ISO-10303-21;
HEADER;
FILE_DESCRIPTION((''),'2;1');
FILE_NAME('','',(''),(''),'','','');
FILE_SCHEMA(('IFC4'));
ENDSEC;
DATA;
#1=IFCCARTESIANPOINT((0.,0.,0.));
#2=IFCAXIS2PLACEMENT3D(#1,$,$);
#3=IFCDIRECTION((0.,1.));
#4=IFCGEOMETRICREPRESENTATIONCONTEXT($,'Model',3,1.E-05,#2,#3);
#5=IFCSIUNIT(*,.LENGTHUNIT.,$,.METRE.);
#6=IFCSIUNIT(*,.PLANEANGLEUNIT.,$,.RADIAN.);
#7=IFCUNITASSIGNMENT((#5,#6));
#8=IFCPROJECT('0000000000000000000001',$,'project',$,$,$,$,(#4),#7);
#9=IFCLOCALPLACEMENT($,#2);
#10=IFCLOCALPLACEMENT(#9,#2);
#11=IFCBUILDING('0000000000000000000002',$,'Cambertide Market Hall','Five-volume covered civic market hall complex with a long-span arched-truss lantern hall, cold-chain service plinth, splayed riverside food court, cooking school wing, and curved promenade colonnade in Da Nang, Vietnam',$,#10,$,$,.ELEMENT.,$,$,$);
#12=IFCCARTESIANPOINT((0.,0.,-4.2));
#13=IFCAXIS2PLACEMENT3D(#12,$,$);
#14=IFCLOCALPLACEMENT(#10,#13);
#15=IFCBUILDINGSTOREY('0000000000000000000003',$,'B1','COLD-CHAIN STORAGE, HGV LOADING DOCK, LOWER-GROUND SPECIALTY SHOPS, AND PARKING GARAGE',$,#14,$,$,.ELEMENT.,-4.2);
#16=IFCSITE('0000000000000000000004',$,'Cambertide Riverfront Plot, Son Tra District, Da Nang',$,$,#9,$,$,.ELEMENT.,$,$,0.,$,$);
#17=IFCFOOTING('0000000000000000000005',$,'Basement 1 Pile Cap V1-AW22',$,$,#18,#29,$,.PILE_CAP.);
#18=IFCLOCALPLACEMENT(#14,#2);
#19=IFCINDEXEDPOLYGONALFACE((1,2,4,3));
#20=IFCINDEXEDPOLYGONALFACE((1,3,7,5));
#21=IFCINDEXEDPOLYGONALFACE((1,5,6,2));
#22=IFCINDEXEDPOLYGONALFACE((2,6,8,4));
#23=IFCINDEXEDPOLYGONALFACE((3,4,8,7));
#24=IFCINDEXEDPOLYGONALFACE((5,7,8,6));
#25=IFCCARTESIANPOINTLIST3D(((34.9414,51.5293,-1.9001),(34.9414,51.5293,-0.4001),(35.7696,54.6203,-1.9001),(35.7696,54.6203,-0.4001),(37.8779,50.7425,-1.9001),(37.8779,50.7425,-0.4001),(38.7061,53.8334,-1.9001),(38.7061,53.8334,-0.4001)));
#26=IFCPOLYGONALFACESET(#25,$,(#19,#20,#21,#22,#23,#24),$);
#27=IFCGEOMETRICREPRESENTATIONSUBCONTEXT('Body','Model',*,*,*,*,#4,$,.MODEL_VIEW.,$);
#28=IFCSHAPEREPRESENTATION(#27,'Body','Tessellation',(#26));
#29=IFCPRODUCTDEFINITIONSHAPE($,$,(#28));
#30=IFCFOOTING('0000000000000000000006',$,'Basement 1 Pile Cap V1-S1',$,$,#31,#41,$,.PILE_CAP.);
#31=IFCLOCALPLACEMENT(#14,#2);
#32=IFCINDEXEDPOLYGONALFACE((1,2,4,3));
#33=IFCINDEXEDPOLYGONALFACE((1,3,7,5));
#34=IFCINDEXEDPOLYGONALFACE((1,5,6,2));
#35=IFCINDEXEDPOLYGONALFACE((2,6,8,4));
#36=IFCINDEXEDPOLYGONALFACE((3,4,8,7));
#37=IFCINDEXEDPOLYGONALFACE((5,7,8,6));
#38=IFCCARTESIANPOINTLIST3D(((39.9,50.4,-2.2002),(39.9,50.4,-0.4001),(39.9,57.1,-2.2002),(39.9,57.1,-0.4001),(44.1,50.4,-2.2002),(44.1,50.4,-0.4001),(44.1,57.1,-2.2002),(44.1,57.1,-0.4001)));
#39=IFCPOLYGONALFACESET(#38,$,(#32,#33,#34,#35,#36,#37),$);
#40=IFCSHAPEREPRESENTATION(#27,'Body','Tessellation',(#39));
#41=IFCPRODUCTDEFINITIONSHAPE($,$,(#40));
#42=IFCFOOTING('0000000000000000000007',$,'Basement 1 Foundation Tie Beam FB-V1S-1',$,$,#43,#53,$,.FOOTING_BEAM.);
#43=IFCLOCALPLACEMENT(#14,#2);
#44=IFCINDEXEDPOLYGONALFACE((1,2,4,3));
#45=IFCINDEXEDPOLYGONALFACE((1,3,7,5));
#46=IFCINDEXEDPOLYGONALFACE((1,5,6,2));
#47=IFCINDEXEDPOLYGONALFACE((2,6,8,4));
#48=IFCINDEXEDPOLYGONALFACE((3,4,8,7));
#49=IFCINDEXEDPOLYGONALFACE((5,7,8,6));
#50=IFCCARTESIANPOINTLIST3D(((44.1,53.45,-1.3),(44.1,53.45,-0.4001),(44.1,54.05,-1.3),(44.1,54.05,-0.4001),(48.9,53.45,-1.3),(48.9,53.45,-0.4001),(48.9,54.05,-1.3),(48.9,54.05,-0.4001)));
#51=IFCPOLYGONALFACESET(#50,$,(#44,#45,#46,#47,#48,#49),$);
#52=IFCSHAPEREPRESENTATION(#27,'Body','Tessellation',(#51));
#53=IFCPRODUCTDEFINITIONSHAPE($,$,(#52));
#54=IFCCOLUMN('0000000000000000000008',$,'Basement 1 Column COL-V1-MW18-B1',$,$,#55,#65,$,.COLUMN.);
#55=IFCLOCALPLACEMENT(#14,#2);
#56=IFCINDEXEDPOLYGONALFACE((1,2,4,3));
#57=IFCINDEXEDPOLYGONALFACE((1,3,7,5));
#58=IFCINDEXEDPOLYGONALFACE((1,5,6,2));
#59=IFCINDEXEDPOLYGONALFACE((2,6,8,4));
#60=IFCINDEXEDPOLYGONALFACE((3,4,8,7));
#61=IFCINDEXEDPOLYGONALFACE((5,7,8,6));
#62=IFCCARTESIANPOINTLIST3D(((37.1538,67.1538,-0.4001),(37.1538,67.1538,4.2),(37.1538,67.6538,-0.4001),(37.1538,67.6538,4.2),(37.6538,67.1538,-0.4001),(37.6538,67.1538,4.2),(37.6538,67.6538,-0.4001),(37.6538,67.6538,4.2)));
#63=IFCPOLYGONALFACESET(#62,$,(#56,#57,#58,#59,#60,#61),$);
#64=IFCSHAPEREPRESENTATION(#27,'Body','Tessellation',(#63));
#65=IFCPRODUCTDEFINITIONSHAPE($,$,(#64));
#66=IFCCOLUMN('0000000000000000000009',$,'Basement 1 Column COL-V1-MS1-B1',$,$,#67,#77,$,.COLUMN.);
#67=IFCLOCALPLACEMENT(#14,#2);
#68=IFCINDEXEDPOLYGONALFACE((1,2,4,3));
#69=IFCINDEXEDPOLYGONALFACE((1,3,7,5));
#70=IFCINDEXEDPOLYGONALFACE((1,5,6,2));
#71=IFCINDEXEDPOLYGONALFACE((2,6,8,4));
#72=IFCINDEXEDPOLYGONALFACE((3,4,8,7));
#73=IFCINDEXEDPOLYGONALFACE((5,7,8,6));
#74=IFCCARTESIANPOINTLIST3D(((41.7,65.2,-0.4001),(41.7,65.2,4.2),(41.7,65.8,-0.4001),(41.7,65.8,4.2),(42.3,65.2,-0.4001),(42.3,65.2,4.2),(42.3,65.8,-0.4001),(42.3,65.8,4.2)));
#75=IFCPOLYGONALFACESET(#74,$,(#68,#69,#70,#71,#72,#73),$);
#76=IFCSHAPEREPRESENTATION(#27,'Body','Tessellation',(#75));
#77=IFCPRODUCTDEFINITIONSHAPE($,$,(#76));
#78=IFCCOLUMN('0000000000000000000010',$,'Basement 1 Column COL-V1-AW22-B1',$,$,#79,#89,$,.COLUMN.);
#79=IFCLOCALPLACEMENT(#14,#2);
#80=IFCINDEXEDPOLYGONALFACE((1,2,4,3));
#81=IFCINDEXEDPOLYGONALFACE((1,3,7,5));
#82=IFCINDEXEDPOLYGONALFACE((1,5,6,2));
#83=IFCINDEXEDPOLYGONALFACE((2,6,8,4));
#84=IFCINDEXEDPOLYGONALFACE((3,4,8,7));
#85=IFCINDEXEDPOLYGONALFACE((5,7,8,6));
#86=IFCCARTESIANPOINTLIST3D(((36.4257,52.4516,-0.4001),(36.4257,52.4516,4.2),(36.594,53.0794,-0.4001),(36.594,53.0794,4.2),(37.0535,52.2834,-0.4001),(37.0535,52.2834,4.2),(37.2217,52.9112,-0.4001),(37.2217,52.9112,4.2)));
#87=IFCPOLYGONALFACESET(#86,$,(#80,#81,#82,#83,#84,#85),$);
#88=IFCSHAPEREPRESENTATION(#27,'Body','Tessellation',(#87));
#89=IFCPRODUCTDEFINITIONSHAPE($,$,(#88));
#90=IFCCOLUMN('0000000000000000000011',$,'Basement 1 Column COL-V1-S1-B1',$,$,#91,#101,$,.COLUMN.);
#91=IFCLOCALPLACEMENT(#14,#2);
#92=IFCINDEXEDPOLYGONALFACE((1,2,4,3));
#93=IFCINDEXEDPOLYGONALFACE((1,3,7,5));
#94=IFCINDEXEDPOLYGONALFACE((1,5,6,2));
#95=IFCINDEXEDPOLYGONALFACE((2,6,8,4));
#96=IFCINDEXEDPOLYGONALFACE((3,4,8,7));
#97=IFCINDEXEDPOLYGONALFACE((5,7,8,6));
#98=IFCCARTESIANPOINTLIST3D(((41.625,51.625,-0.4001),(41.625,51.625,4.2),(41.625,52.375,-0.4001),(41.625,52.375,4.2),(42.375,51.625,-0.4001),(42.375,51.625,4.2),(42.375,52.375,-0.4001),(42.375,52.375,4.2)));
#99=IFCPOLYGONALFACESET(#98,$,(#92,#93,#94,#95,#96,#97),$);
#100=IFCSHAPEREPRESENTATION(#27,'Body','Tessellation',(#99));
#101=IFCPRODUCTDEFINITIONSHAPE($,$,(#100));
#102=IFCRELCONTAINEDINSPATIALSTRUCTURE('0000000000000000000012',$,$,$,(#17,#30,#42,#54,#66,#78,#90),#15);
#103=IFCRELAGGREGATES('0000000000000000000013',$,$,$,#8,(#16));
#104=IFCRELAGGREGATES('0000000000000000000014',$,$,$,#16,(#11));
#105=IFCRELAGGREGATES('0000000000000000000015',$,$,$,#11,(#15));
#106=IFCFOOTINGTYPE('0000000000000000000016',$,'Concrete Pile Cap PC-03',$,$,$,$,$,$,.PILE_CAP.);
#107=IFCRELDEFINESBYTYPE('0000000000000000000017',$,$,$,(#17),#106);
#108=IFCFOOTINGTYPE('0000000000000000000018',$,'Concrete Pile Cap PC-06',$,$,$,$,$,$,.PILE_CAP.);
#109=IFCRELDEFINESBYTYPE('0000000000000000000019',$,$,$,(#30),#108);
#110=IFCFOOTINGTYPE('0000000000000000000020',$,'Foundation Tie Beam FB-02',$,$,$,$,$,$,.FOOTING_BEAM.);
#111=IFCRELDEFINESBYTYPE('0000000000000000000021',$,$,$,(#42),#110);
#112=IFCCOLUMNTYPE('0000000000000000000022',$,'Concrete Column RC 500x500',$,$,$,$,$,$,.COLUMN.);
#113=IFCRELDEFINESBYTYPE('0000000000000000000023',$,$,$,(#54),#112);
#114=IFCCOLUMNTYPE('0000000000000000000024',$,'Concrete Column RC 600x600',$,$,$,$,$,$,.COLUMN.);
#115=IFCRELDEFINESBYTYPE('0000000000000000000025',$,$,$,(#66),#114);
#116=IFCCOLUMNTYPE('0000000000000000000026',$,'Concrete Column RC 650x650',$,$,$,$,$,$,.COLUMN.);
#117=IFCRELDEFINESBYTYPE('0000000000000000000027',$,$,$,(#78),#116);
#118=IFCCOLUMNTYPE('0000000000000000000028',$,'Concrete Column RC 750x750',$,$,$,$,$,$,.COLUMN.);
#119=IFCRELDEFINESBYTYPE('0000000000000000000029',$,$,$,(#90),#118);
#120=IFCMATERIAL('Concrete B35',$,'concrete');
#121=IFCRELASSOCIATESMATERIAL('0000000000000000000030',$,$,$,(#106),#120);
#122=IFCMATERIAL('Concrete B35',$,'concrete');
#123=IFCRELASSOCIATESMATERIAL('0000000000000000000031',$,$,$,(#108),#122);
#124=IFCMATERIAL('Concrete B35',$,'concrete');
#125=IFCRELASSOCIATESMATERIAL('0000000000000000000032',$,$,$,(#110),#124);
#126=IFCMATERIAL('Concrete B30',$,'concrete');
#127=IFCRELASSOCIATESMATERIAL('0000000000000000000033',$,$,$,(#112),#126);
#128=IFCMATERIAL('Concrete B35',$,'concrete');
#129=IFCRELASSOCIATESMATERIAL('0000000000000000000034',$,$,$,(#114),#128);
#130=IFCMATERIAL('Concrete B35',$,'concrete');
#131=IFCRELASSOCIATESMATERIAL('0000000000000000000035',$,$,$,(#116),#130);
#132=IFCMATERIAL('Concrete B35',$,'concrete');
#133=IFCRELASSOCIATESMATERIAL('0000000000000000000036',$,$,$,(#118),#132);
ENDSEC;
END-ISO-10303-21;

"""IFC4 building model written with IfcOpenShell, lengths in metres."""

from ifc_helpers import new_model, si_unit, direction, frame, origin, origin_2d, place, context, subcontext, project, spatial, rectangle, extrude, material, material_profile, profile_set, type_object, element, save


model = new_model("IFC4")

# Units and contexts
model_context = context("Model", 3, precision=1e-05, world=origin(), true_north=direction((0.0, 1.0)))
body_context = subcontext(model_context, "Body", "Model", "MODEL_VIEW")
ifc_project = project(units=[si_unit("LENGTHUNIT", "METRE"), si_unit("PLANEANGLEUNIT", "RADIAN")], contexts=[model_context])

# Site, building, storey
site_placement = place(None, origin())
site = spatial("IfcSite", under=ifc_project, at=site_placement, Name="Cambertide Riverfront Plot, Son Tra District, Da Nang", CompositionType="ELEMENT", RefElevation=0.0)
building_placement = place(site_placement, origin())
building = spatial("IfcBuilding", under=site, at=building_placement, Name="Cambertide Market Hall", Description="Five-volume covered civic market hall complex with a long-span arched-truss lantern hall, cold-chain service plinth, splayed riverside food court, cooking school wing, and curved promenade colonnade in Da Nang, Vietnam", CompositionType="ELEMENT")
storey_placement = place(building_placement, frame((0.0, 0.0, -4.2)))
storey = spatial("IfcBuildingStorey", under=building, at=storey_placement, Name="B1", Description="COLD-CHAIN STORAGE, HGV LOADING DOCK, LOWER-GROUND SPECIALTY SHOPS, AND PARKING GARAGE", CompositionType="ELEMENT", Elevation=-4.2)

# Footings
ifc_material_1 = material(Name="Concrete B35", Category="concrete")
footing_type_1 = type_object("IfcFootingType", Name="Concrete Pile Cap PC-03", PredefinedType="PILE_CAP", material=ifc_material_1)
footing_1_placement = place(storey_placement, frame((36.8237, 52.6814, -1.9001), z_axis=(0.0, 0.0, 1.0), x_axis=(-0.258819, -0.965926, 0.0)))
element("IfcFooting", 1, at=footing_1_placement, inside=storey, type_object=footing_type_1, Name="Basement 1 Pile Cap V1-AW22", PredefinedType="PILE_CAP", context=body_context, shape_type="SweptSolid", body=[
    extrude(rectangle(XDim=3.2, YDim=3.04, at=origin_2d()), origin(), (0.0, 0.0, 1.0), 1.5),
])
ifc_material_2 = material(Name="Concrete B35", Category="concrete")
footing_type_2 = type_object("IfcFootingType", Name="Concrete Pile Cap PC-06", PredefinedType="PILE_CAP", material=ifc_material_2)
footing_2_placement = place(storey_placement, frame((42.0, 53.75, -2.2002), z_axis=(0.0, 0.0, 1.0), x_axis=(1.0, 0.0, 0.0)))
element("IfcFooting", 2, at=footing_2_placement, inside=storey, type_object=footing_type_2, Name="Basement 1 Pile Cap V1-S1", PredefinedType="PILE_CAP", context=body_context, shape_type="SweptSolid", body=[
    extrude(rectangle(XDim=4.2, YDim=6.7, at=origin_2d()), origin(), (0.0, 0.0, 1.0), 1.8),
])
ifc_material_3 = material(Name="Concrete B35", Category="concrete")
footing_type_3 = type_object("IfcFootingType", Name="Foundation Tie Beam FB-02", PredefinedType="FOOTING_BEAM", material=ifc_material_3)
footing_3_placement = place(storey_placement, frame((46.5, 53.75, -1.3), z_axis=(0.0, 0.0, 1.0), x_axis=(1.0, 0.0, 0.0)))
element("IfcFooting", 3, at=footing_3_placement, inside=storey, type_object=footing_type_3, Name="Basement 1 Foundation Tie Beam FB-V1S-1", PredefinedType="FOOTING_BEAM", context=body_context, shape_type="SweptSolid", body=[
    extrude(rectangle(XDim=4.8, YDim=0.6001, at=origin_2d()), origin(), (0.0, 0.0, 1.0), 0.8999),
])

# Columns
ifc_material_4 = material(Name="Concrete B30", Category="concrete")
ifc_material_profile_1 = material_profile(ifc_material_4, rectangle(XDim=0.5, YDim=0.5, at=origin_2d()), Name="RC 500x500")
ifc_profile_set_1 = profile_set([ifc_material_profile_1], Name="Concrete B30")
column_type_1 = type_object("IfcColumnType", Name="Concrete Column RC 500x500", PredefinedType="COLUMN", material=ifc_profile_set_1)
column_1_placement = place(storey_placement, frame((37.4038, 67.4038, -0.4001), z_axis=(0.0, 0.0, 1.0), x_axis=(1.0, 0.0, 0.0)))
element("IfcColumn", 4, at=column_1_placement, inside=storey, type_object=column_type_1, Name="Basement 1 Column COL-V1-MW18-B1", PredefinedType="COLUMN", context=body_context, shape_type="SweptSolid", body=[
    extrude(rectangle(XDim=0.5, YDim=0.5, at=origin_2d()), origin(), (0.0, 0.0, 1.0), 4.6001),
])
ifc_material_5 = material(Name="Concrete B35", Category="concrete")
ifc_material_profile_2 = material_profile(ifc_material_5, rectangle(XDim=0.6001, YDim=0.6001, at=origin_2d()), Name="RC 600x600")
ifc_profile_set_2 = profile_set([ifc_material_profile_2], Name="Concrete B35")
column_type_2 = type_object("IfcColumnType", Name="Concrete Column RC 600x600", PredefinedType="COLUMN", material=ifc_profile_set_2)
column_2_placement = place(storey_placement, frame((42.0, 65.5, -0.4001), z_axis=(0.0, 0.0, 1.0), x_axis=(1.0, 0.0, 0.0)))
element("IfcColumn", 5, at=column_2_placement, inside=storey, type_object=column_type_2, Name="Basement 1 Column COL-V1-MS1-B1", PredefinedType="COLUMN", context=body_context, shape_type="SweptSolid", body=[
    extrude(rectangle(XDim=0.6001, YDim=0.6001, at=origin_2d()), origin(), (0.0, 0.0, 1.0), 4.6001),
])
ifc_material_6 = material(Name="Concrete B35", Category="concrete")
ifc_material_profile_3 = material_profile(ifc_material_6, rectangle(XDim=0.6499, YDim=0.6499, at=origin_2d()), Name="RC 650x650")
ifc_profile_set_3 = profile_set([ifc_material_profile_3], Name="Concrete B35")
column_type_3 = type_object("IfcColumnType", Name="Concrete Column RC 650x650", PredefinedType="COLUMN", material=ifc_profile_set_3)
column_3_placement = place(storey_placement, frame((36.8237, 52.6814, -0.4001), z_axis=(0.0, 0.0, 1.0), x_axis=(-0.258819, -0.965926, 0.0)))
element("IfcColumn", 6, at=column_3_placement, inside=storey, type_object=column_type_3, Name="Basement 1 Column COL-V1-AW22-B1", PredefinedType="COLUMN", context=body_context, shape_type="SweptSolid", body=[
    extrude(rectangle(XDim=0.6499, YDim=0.6499, at=origin_2d()), origin(), (0.0, 0.0, 1.0), 4.6001),
])
ifc_material_7 = material(Name="Concrete B35", Category="concrete")
ifc_material_profile_4 = material_profile(ifc_material_7, rectangle(XDim=0.75, YDim=0.75, at=origin_2d()), Name="RC 750x750")
ifc_profile_set_4 = profile_set([ifc_material_profile_4], Name="Concrete B35")
column_type_4 = type_object("IfcColumnType", Name="Concrete Column RC 750x750", PredefinedType="COLUMN", material=ifc_profile_set_4)
column_4_placement = place(storey_placement, frame((42.0, 52.0, -0.4001), z_axis=(0.0, 0.0, 1.0), x_axis=(0.0, 1.0, 0.0)))
element("IfcColumn", 7, at=column_4_placement, inside=storey, type_object=column_type_4, Name="Basement 1 Column COL-V1-S1-B1", PredefinedType="COLUMN", context=body_context, shape_type="SweptSolid", body=[
    extrude(rectangle(XDim=0.75, YDim=0.75, at=origin_2d()), origin(), (0.0, 0.0, 1.0), 4.6001),
])

save(model, "model.ifc")
